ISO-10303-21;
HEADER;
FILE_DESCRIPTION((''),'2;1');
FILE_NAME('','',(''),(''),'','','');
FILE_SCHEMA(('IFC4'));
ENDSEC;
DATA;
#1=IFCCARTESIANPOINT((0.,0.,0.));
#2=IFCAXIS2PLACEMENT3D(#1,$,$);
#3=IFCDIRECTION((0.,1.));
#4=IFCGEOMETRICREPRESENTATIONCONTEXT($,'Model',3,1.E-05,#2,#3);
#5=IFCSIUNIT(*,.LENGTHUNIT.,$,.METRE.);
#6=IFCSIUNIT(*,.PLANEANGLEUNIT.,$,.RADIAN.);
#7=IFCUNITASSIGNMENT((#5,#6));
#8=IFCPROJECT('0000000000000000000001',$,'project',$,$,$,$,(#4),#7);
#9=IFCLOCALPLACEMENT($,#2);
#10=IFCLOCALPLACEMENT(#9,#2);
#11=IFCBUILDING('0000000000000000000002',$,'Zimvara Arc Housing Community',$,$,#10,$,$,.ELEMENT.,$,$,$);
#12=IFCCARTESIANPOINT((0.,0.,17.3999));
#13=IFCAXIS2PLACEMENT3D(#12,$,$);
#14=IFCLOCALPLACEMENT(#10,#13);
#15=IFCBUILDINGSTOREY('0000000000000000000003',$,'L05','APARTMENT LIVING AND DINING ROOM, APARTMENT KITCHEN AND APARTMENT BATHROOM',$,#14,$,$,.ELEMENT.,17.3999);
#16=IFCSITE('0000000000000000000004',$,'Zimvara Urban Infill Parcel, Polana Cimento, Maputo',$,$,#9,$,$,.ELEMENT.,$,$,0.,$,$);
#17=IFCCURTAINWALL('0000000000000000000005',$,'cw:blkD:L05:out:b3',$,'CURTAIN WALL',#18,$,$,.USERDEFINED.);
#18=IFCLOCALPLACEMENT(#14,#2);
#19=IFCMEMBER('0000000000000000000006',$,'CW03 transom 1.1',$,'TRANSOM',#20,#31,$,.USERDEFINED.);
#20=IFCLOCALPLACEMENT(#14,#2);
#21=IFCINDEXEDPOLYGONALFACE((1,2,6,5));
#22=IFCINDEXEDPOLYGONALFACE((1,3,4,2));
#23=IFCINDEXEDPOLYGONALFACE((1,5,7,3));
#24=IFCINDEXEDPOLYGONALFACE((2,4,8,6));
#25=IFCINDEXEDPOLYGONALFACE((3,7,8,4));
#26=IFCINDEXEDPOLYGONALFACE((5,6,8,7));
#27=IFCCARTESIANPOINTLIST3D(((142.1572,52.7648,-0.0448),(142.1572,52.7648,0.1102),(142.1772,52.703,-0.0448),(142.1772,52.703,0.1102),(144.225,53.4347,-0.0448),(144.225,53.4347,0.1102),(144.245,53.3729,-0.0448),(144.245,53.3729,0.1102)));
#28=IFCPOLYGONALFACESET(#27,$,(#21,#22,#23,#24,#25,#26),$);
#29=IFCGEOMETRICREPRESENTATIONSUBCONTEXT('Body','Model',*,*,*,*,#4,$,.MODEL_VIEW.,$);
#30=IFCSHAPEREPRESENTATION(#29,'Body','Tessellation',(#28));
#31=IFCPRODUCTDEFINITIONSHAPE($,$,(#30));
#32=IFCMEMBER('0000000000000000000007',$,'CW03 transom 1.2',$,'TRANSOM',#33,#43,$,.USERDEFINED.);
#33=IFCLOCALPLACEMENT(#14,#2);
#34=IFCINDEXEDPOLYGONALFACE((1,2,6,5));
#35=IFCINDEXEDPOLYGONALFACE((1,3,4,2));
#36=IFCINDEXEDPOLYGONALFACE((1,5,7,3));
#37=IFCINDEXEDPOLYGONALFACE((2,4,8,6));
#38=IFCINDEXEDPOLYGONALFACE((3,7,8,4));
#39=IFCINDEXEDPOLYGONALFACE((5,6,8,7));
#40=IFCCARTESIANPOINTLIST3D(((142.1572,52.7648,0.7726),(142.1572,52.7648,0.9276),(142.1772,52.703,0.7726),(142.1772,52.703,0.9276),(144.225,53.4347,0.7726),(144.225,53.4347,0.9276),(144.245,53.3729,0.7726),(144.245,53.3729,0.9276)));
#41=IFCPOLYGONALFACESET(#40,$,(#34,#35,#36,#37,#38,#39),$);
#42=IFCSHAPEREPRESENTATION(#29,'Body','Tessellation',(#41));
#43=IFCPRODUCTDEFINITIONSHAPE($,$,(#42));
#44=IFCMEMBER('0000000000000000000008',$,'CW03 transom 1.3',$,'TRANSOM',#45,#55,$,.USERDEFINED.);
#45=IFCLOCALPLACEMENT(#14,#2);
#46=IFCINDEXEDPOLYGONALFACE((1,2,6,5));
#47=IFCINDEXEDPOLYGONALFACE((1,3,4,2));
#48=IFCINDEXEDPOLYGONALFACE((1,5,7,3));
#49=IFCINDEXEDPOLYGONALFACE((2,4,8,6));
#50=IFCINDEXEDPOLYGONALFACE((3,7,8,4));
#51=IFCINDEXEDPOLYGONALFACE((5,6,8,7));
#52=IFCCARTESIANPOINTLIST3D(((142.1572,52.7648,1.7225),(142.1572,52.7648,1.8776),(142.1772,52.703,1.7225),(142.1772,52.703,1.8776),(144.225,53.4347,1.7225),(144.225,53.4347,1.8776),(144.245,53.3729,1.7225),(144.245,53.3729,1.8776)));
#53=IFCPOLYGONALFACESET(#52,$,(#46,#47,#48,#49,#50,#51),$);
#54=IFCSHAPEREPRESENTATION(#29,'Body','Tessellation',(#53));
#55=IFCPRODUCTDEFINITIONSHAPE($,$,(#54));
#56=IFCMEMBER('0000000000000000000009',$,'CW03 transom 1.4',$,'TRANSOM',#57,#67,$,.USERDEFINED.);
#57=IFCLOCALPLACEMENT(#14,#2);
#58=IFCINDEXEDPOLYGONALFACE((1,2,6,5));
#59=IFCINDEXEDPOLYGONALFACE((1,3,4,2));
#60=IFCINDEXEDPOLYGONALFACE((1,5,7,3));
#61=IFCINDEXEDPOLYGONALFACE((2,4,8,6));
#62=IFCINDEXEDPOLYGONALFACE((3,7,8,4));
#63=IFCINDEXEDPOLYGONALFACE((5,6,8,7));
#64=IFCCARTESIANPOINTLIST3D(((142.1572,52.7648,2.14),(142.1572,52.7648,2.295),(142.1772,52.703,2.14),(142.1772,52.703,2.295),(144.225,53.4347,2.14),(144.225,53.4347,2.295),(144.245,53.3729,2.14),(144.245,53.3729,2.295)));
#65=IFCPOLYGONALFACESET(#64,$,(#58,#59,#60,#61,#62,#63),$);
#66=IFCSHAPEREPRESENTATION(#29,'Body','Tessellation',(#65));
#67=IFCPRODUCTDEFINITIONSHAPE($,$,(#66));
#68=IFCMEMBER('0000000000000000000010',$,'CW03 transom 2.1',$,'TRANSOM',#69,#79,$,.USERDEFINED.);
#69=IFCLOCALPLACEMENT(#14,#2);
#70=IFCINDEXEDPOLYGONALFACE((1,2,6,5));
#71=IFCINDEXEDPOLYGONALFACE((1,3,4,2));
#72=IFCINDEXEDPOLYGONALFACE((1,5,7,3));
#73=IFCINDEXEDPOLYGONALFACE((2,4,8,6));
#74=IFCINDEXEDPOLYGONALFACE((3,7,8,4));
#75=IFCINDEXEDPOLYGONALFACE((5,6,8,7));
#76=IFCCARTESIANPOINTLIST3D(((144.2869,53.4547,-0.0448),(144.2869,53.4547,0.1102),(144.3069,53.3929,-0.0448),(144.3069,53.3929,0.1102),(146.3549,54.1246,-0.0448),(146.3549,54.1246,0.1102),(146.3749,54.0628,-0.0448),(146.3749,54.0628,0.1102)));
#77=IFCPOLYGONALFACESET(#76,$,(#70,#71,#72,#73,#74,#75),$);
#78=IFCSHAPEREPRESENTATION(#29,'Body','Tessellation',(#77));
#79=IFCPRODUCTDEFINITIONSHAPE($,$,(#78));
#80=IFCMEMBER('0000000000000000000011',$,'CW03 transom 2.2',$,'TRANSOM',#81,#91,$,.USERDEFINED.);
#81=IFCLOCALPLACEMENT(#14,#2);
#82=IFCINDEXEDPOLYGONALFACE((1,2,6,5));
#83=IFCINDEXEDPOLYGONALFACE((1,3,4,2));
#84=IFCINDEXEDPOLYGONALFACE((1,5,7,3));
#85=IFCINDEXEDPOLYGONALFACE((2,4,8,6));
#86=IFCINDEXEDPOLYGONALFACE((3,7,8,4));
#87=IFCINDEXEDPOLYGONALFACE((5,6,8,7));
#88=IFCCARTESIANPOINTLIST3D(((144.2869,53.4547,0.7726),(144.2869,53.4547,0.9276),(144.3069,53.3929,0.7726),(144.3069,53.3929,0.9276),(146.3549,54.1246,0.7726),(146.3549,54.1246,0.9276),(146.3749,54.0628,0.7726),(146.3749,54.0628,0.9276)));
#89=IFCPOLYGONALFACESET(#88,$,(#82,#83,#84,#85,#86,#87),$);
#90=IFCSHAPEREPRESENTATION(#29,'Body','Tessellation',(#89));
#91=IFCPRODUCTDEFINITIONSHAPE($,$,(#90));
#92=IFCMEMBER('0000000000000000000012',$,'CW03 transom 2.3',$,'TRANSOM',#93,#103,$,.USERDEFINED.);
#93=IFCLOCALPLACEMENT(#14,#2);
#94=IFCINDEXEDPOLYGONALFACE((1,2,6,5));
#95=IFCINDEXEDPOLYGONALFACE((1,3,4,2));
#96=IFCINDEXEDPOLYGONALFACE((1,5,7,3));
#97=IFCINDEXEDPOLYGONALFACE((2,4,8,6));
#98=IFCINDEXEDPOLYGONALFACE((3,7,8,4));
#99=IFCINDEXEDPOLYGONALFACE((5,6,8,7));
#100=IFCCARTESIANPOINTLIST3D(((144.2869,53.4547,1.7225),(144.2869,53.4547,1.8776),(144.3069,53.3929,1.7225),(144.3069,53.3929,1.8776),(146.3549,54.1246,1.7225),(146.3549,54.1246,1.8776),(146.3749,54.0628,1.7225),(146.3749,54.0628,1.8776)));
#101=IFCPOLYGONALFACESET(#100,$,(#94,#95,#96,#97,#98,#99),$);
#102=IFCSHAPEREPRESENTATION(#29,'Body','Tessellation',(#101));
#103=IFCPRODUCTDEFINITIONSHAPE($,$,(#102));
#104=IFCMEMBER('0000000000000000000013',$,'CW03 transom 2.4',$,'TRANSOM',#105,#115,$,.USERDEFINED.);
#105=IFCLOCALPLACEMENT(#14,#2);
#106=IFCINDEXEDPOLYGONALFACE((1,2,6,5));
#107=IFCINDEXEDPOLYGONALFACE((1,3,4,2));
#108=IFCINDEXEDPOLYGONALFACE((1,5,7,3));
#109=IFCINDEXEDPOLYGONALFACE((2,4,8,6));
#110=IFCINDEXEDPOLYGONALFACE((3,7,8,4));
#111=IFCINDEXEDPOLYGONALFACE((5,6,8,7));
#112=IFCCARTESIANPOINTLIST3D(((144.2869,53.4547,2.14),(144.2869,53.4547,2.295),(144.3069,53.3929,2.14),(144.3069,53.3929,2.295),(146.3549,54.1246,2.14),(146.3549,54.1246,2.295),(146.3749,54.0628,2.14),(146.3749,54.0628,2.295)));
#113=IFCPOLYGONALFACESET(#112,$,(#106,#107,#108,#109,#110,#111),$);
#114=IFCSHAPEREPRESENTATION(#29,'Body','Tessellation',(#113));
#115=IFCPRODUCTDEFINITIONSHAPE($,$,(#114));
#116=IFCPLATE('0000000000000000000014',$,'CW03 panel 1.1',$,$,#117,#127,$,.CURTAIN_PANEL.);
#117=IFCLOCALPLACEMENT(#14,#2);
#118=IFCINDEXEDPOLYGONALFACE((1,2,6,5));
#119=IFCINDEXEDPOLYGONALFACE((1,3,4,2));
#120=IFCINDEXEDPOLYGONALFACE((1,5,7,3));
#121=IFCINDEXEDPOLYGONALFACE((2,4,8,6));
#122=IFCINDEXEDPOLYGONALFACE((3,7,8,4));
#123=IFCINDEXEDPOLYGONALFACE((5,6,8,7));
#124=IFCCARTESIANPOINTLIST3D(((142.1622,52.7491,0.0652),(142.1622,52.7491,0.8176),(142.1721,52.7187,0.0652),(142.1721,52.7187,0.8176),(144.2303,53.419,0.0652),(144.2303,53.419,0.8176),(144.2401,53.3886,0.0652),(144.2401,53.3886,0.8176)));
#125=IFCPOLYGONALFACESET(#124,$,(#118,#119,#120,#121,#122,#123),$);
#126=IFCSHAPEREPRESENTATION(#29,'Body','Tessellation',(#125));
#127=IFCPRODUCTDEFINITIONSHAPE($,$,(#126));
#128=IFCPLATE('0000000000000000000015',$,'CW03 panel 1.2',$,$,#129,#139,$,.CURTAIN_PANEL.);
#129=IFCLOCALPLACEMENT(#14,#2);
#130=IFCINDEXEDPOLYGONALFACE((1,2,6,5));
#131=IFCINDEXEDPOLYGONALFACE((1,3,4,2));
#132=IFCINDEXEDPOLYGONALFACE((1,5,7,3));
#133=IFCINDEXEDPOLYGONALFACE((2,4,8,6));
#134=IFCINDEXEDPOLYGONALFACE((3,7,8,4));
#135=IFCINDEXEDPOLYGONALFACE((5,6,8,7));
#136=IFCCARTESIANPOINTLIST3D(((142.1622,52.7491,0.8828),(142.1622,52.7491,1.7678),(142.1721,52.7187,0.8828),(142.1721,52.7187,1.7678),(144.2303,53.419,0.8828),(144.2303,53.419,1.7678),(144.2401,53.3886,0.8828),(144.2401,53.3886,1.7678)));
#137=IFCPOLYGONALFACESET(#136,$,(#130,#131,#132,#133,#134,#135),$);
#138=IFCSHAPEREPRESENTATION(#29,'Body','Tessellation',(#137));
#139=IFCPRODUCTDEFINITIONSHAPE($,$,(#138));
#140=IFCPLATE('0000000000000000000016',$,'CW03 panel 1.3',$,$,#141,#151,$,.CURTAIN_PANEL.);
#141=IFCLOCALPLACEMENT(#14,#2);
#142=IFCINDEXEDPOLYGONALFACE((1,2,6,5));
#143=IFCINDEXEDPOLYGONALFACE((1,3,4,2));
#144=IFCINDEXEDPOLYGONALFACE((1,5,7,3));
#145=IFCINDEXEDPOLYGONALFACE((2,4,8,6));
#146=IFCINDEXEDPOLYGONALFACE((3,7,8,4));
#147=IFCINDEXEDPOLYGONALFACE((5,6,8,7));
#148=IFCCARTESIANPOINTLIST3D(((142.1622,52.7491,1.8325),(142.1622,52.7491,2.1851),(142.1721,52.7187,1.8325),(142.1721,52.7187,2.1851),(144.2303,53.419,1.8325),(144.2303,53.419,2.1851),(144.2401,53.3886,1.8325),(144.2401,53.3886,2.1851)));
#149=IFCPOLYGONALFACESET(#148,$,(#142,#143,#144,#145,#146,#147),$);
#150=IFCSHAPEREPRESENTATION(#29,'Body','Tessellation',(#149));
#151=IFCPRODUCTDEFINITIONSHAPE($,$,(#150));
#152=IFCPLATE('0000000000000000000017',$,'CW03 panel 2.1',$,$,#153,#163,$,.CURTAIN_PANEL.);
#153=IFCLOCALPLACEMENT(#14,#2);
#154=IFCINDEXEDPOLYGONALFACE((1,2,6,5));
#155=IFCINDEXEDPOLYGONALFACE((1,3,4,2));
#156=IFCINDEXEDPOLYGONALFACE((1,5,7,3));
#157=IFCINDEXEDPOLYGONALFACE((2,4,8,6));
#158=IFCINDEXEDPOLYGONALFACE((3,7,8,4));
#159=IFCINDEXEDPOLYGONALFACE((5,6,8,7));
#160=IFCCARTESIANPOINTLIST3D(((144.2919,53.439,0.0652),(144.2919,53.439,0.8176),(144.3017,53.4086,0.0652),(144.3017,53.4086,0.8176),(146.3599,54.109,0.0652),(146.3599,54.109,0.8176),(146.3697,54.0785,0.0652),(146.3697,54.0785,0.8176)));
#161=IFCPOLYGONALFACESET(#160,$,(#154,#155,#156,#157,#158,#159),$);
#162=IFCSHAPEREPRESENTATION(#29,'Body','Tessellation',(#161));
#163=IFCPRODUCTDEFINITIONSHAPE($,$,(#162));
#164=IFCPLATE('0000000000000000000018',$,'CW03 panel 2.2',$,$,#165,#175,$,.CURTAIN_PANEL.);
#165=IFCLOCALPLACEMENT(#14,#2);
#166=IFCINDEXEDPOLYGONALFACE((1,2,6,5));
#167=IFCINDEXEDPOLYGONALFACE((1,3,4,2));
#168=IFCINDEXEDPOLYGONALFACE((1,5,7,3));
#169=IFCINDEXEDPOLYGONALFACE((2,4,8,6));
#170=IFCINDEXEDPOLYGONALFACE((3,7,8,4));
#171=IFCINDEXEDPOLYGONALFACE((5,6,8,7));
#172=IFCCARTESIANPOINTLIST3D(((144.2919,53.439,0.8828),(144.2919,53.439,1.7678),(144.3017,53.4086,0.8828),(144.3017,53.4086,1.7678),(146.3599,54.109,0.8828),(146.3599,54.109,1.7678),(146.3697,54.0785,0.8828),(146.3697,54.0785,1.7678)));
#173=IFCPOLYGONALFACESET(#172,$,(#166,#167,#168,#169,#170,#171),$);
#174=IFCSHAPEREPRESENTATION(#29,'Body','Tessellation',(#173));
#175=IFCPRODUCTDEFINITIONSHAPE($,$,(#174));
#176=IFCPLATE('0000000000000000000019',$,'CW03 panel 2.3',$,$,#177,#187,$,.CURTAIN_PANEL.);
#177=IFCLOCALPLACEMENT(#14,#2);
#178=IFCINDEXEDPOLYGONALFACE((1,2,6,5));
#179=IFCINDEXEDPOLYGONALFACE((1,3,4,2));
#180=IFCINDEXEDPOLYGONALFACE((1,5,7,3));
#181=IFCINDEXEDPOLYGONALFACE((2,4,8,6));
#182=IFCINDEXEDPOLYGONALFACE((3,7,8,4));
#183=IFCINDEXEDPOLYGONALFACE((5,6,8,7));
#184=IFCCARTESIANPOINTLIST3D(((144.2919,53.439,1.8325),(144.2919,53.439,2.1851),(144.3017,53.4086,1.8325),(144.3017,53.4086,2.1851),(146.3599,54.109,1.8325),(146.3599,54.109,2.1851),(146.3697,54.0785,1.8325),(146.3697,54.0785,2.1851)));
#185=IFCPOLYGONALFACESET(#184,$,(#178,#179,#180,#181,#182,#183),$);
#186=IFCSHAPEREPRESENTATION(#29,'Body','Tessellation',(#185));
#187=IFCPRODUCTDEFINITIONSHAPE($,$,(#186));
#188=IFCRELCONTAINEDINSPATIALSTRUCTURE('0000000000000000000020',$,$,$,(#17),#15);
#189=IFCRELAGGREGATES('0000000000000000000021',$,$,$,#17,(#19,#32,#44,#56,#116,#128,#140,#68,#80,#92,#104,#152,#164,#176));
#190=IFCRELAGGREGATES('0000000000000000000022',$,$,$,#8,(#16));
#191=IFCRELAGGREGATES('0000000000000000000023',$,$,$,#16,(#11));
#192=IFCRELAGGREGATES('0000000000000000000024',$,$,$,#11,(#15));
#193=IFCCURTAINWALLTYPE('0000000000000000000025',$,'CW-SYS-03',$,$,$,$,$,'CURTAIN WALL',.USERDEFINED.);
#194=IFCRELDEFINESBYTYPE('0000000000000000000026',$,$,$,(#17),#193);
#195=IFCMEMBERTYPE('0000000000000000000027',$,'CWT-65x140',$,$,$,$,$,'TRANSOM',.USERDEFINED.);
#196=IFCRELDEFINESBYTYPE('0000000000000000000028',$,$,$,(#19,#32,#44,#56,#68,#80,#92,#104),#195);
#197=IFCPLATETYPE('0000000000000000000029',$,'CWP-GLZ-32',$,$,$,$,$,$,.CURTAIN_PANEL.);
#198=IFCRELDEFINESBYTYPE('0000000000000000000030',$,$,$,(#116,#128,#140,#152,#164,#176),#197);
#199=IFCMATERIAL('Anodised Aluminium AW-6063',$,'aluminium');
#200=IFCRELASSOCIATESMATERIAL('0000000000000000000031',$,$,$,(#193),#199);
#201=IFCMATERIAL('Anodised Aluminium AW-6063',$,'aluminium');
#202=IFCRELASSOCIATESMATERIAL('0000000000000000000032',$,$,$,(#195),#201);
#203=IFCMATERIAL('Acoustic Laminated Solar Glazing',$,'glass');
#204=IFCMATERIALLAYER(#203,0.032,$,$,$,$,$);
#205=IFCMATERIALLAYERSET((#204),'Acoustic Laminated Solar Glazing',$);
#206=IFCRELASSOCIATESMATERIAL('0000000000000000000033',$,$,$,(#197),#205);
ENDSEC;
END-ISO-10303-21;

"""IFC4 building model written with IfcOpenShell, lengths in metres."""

from ifc_helpers import new_model, si_unit, direction, frame, origin, origin_2d, place, context, subcontext, project, spatial, rectangle, extrude, material, layer, layer_set, material_profile, profile_set, type_object, element, aggregate, save


model = new_model("IFC4")

# Units and contexts
model_context = context("Model", 3, precision=1e-05, world=origin(), true_north=direction((0.0, 1.0)))
body_context = subcontext(model_context, "Body", "Model", "MODEL_VIEW")
ifc_project = project(units=[si_unit("LENGTHUNIT", "METRE"), si_unit("PLANEANGLEUNIT", "RADIAN")], contexts=[model_context])

# Site, building, storey
site_placement = place(None, origin())
site = spatial("IfcSite", under=ifc_project, at=site_placement, Name="Zimvara Urban Infill Parcel, Polana Cimento, Maputo", CompositionType="ELEMENT", RefElevation=0.0)
building_placement = place(site_placement, origin())
building = spatial("IfcBuilding", under=site, at=building_placement, Name="Zimvara Arc Housing Community", CompositionType="ELEMENT")
storey_placement = place(building_placement, frame((0.0, 0.0, 17.3999)))
storey = spatial("IfcBuildingStorey", under=building, at=storey_placement, Name="L05", Description="APARTMENT LIVING AND DINING ROOM, APARTMENT KITCHEN AND APARTMENT BATHROOM", CompositionType="ELEMENT", Elevation=17.3999)

# Curtain wall, members, plates
ifc_material_1 = material(Name="Anodised Aluminium AW-6063", Category="aluminium")
curtain_wall_type_1 = type_object("IfcCurtainWallType", Name="CW-SYS-03", ElementType="CURTAIN WALL", PredefinedType="USERDEFINED", material=ifc_material_1)
curtain_wall_1_placement = place(storey_placement, origin())
curtain_wall_1 = element("IfcCurtainWall", 1, at=curtain_wall_1_placement, inside=storey, type_object=curtain_wall_type_1, Name="cw:blkD:L05:out:b3", ObjectType="CURTAIN WALL", PredefinedType="USERDEFINED")
ifc_material_2 = material(Name="Anodised Aluminium AW-6063", Category="aluminium")
ifc_material_profile_1 = material_profile(ifc_material_2, rectangle(XDim=0.0649, YDim=0.155, at=origin_2d()), Name="ALU 65x155")
ifc_profile_set_1 = profile_set([ifc_material_profile_1], Name="Anodised Aluminium AW-6063")
member_type_1 = type_object("IfcMemberType", Name="CWT-65x140", ElementType="TRANSOM", PredefinedType="USERDEFINED", material=ifc_profile_set_1)
member_1_placement = place(storey_placement, frame((142.1672, 52.7339, 0.0327), z_axis=(0.951323, 0.308197, 0.0), x_axis=(-0.308197, 0.951323, 0.0)))
member_1 = element("IfcMember", 2, at=member_1_placement, type_object=member_type_1, Name="CW03 transom 1.1", ObjectType="TRANSOM", PredefinedType="USERDEFINED", context=body_context, shape_type="SweptSolid", body=[
    extrude(rectangle(XDim=0.0649, YDim=0.155, at=origin_2d()), origin(), (0.0, 0.0, 1.0), 2.1736),
])
member_2_placement = place(storey_placement, frame((142.1672, 52.7339, 0.8501), z_axis=(0.951323, 0.308197, 0.0), x_axis=(-0.308197, 0.951323, 0.0)))
member_2 = element("IfcMember", 3, at=member_2_placement, type_object=member_type_1, Name="CW03 transom 1.2", ObjectType="TRANSOM", PredefinedType="USERDEFINED", context=body_context, shape_type="SweptSolid", body=[
    extrude(rectangle(XDim=0.0649, YDim=0.155, at=origin_2d()), origin(), (0.0, 0.0, 1.0), 2.1736),
])
member_3_placement = place(storey_placement, frame((142.1672, 52.7339, 1.8), z_axis=(0.951323, 0.308197, 0.0), x_axis=(-0.308197, 0.951323, 0.0)))
member_3 = element("IfcMember", 4, at=member_3_placement, type_object=member_type_1, Name="CW03 transom 1.3", ObjectType="TRANSOM", PredefinedType="USERDEFINED", context=body_context, shape_type="SweptSolid", body=[
    extrude(rectangle(XDim=0.0649, YDim=0.155, at=origin_2d()), origin(), (0.0, 0.0, 1.0), 2.1736),
])
member_4_placement = place(storey_placement, frame((142.1672, 52.7339, 2.2175), z_axis=(0.951323, 0.308197, 0.0), x_axis=(-0.308197, 0.951323, 0.0)))
member_4 = element("IfcMember", 5, at=member_4_placement, type_object=member_type_1, Name="CW03 transom 1.4", ObjectType="TRANSOM", PredefinedType="USERDEFINED", context=body_context, shape_type="SweptSolid", body=[
    extrude(rectangle(XDim=0.0649, YDim=0.155, at=origin_2d()), origin(), (0.0, 0.0, 1.0), 2.1736),
])
member_5_placement = place(storey_placement, frame((144.2969, 53.4238, 0.0327), z_axis=(0.951333, 0.308164, 0.0), x_axis=(-0.308164, 0.951333, 0.0)))
member_5 = element("IfcMember", 6, at=member_5_placement, type_object=member_type_1, Name="CW03 transom 2.1", ObjectType="TRANSOM", PredefinedType="USERDEFINED", context=body_context, shape_type="SweptSolid", body=[
    extrude(rectangle(XDim=0.0649, YDim=0.155, at=origin_2d()), origin(), (0.0, 0.0, 1.0), 2.1738),
])
member_6_placement = place(storey_placement, frame((144.2969, 53.4238, 0.8501), z_axis=(0.951333, 0.308164, 0.0), x_axis=(-0.308164, 0.951333, 0.0)))
member_6 = element("IfcMember", 7, at=member_6_placement, type_object=member_type_1, Name="CW03 transom 2.2", ObjectType="TRANSOM", PredefinedType="USERDEFINED", context=body_context, shape_type="SweptSolid", body=[
    extrude(rectangle(XDim=0.0649, YDim=0.155, at=origin_2d()), origin(), (0.0, 0.0, 1.0), 2.1738),
])
member_7_placement = place(storey_placement, frame((144.2969, 53.4238, 1.8), z_axis=(0.951333, 0.308164, 0.0), x_axis=(-0.308164, 0.951333, 0.0)))
member_7 = element("IfcMember", 8, at=member_7_placement, type_object=member_type_1, Name="CW03 transom 2.3", ObjectType="TRANSOM", PredefinedType="USERDEFINED", context=body_context, shape_type="SweptSolid", body=[
    extrude(rectangle(XDim=0.0649, YDim=0.155, at=origin_2d()), origin(), (0.0, 0.0, 1.0), 2.1738),
])
member_8_placement = place(storey_placement, frame((144.2969, 53.4238, 2.2175), z_axis=(0.951333, 0.308164, 0.0), x_axis=(-0.308164, 0.951333, 0.0)))
member_8 = element("IfcMember", 9, at=member_8_placement, type_object=member_type_1, Name="CW03 transom 2.4", ObjectType="TRANSOM", PredefinedType="USERDEFINED", context=body_context, shape_type="SweptSolid", body=[
    extrude(rectangle(XDim=0.0649, YDim=0.155, at=origin_2d()), origin(), (0.0, 0.0, 1.0), 2.1738),
])
ifc_material_3 = material(Name="Acoustic Laminated Solar Glazing", Category="glass")
ifc_layer_1 = layer(ifc_material_3, 0.032)
ifc_layer_set_1 = layer_set([ifc_layer_1], Name="Acoustic Laminated Solar Glazing")
plate_type = type_object("IfcPlateType", Name="CWP-GLZ-32", PredefinedType="CURTAIN_PANEL", material=ifc_layer_set_1)
plate_1_placement = place(storey_placement, frame((143.2012, 53.0688, 0.0652), z_axis=(0.0, 0.0, 1.0), x_axis=(0.951326, 0.308185, 0.0)))
plate_1 = element("IfcPlate", 10, at=plate_1_placement, type_object=plate_type, Name="CW03 panel 1.1", PredefinedType="CURTAIN_PANEL", context=body_context, shape_type="SweptSolid", body=[
    extrude(rectangle(XDim=2.1738, YDim=0.032, at=origin_2d()), origin(), (0.0, 0.0, 1.0), 0.7524),
])
plate_2_placement = place(storey_placement, frame((143.2012, 53.0688, 0.8828), z_axis=(0.0, 0.0, 1.0), x_axis=(0.951326, 0.308185, 0.0)))
plate_2 = element("IfcPlate", 11, at=plate_2_placement, type_object=plate_type, Name="CW03 panel 1.2", PredefinedType="CURTAIN_PANEL", context=body_context, shape_type="SweptSolid", body=[
    extrude(rectangle(XDim=2.1738, YDim=0.032, at=origin_2d()), origin(), (0.0, 0.0, 1.0), 0.885),
])
plate_3_placement = place(storey_placement, frame((143.2012, 53.0688, 1.8325), z_axis=(0.0, 0.0, 1.0), x_axis=(0.951326, 0.308185, 0.0)))
plate_3 = element("IfcPlate", 12, at=plate_3_placement, type_object=plate_type, Name="CW03 panel 1.3", PredefinedType="CURTAIN_PANEL", context=body_context, shape_type="SweptSolid", body=[
    extrude(rectangle(XDim=2.1738, YDim=0.032, at=origin_2d()), origin(), (0.0, 0.0, 1.0), 0.3525),
])
plate_4_placement = place(storey_placement, frame((145.3308, 53.7588, 0.0652), z_axis=(0.0, 0.0, 1.0), x_axis=(0.951326, 0.308185, 0.0)))
plate_4 = element("IfcPlate", 13, at=plate_4_placement, type_object=plate_type, Name="CW03 panel 2.1", PredefinedType="CURTAIN_PANEL", context=body_context, shape_type="SweptSolid", body=[
    extrude(rectangle(XDim=2.1738, YDim=0.032, at=origin_2d()), origin(), (0.0, 0.0, 1.0), 0.7524),
])
plate_5_placement = place(storey_placement, frame((145.3308, 53.7588, 0.8828), z_axis=(0.0, 0.0, 1.0), x_axis=(0.951326, 0.308185, 0.0)))
plate_5 = element("IfcPlate", 14, at=plate_5_placement, type_object=plate_type, Name="CW03 panel 2.2", PredefinedType="CURTAIN_PANEL", context=body_context, shape_type="SweptSolid", body=[
    extrude(rectangle(XDim=2.1738, YDim=0.032, at=origin_2d()), origin(), (0.0, 0.0, 1.0), 0.885),
])
plate_6_placement = place(storey_placement, frame((145.3308, 53.7588, 1.8325), z_axis=(0.0, 0.0, 1.0), x_axis=(0.951326, 0.308185, 0.0)))
plate_6 = element("IfcPlate", 15, at=plate_6_placement, type_object=plate_type, Name="CW03 panel 2.3", PredefinedType="CURTAIN_PANEL", context=body_context, shape_type="SweptSolid", body=[
    extrude(rectangle(XDim=2.1738, YDim=0.032, at=origin_2d()), origin(), (0.0, 0.0, 1.0), 0.3525),
])
aggregate(curtain_wall_1, [member_1, member_2, member_3, member_4, plate_1, plate_2, plate_3, member_5, member_6, member_7, member_8, plate_4, plate_5, plate_6])

save(model, "model.ifc")
